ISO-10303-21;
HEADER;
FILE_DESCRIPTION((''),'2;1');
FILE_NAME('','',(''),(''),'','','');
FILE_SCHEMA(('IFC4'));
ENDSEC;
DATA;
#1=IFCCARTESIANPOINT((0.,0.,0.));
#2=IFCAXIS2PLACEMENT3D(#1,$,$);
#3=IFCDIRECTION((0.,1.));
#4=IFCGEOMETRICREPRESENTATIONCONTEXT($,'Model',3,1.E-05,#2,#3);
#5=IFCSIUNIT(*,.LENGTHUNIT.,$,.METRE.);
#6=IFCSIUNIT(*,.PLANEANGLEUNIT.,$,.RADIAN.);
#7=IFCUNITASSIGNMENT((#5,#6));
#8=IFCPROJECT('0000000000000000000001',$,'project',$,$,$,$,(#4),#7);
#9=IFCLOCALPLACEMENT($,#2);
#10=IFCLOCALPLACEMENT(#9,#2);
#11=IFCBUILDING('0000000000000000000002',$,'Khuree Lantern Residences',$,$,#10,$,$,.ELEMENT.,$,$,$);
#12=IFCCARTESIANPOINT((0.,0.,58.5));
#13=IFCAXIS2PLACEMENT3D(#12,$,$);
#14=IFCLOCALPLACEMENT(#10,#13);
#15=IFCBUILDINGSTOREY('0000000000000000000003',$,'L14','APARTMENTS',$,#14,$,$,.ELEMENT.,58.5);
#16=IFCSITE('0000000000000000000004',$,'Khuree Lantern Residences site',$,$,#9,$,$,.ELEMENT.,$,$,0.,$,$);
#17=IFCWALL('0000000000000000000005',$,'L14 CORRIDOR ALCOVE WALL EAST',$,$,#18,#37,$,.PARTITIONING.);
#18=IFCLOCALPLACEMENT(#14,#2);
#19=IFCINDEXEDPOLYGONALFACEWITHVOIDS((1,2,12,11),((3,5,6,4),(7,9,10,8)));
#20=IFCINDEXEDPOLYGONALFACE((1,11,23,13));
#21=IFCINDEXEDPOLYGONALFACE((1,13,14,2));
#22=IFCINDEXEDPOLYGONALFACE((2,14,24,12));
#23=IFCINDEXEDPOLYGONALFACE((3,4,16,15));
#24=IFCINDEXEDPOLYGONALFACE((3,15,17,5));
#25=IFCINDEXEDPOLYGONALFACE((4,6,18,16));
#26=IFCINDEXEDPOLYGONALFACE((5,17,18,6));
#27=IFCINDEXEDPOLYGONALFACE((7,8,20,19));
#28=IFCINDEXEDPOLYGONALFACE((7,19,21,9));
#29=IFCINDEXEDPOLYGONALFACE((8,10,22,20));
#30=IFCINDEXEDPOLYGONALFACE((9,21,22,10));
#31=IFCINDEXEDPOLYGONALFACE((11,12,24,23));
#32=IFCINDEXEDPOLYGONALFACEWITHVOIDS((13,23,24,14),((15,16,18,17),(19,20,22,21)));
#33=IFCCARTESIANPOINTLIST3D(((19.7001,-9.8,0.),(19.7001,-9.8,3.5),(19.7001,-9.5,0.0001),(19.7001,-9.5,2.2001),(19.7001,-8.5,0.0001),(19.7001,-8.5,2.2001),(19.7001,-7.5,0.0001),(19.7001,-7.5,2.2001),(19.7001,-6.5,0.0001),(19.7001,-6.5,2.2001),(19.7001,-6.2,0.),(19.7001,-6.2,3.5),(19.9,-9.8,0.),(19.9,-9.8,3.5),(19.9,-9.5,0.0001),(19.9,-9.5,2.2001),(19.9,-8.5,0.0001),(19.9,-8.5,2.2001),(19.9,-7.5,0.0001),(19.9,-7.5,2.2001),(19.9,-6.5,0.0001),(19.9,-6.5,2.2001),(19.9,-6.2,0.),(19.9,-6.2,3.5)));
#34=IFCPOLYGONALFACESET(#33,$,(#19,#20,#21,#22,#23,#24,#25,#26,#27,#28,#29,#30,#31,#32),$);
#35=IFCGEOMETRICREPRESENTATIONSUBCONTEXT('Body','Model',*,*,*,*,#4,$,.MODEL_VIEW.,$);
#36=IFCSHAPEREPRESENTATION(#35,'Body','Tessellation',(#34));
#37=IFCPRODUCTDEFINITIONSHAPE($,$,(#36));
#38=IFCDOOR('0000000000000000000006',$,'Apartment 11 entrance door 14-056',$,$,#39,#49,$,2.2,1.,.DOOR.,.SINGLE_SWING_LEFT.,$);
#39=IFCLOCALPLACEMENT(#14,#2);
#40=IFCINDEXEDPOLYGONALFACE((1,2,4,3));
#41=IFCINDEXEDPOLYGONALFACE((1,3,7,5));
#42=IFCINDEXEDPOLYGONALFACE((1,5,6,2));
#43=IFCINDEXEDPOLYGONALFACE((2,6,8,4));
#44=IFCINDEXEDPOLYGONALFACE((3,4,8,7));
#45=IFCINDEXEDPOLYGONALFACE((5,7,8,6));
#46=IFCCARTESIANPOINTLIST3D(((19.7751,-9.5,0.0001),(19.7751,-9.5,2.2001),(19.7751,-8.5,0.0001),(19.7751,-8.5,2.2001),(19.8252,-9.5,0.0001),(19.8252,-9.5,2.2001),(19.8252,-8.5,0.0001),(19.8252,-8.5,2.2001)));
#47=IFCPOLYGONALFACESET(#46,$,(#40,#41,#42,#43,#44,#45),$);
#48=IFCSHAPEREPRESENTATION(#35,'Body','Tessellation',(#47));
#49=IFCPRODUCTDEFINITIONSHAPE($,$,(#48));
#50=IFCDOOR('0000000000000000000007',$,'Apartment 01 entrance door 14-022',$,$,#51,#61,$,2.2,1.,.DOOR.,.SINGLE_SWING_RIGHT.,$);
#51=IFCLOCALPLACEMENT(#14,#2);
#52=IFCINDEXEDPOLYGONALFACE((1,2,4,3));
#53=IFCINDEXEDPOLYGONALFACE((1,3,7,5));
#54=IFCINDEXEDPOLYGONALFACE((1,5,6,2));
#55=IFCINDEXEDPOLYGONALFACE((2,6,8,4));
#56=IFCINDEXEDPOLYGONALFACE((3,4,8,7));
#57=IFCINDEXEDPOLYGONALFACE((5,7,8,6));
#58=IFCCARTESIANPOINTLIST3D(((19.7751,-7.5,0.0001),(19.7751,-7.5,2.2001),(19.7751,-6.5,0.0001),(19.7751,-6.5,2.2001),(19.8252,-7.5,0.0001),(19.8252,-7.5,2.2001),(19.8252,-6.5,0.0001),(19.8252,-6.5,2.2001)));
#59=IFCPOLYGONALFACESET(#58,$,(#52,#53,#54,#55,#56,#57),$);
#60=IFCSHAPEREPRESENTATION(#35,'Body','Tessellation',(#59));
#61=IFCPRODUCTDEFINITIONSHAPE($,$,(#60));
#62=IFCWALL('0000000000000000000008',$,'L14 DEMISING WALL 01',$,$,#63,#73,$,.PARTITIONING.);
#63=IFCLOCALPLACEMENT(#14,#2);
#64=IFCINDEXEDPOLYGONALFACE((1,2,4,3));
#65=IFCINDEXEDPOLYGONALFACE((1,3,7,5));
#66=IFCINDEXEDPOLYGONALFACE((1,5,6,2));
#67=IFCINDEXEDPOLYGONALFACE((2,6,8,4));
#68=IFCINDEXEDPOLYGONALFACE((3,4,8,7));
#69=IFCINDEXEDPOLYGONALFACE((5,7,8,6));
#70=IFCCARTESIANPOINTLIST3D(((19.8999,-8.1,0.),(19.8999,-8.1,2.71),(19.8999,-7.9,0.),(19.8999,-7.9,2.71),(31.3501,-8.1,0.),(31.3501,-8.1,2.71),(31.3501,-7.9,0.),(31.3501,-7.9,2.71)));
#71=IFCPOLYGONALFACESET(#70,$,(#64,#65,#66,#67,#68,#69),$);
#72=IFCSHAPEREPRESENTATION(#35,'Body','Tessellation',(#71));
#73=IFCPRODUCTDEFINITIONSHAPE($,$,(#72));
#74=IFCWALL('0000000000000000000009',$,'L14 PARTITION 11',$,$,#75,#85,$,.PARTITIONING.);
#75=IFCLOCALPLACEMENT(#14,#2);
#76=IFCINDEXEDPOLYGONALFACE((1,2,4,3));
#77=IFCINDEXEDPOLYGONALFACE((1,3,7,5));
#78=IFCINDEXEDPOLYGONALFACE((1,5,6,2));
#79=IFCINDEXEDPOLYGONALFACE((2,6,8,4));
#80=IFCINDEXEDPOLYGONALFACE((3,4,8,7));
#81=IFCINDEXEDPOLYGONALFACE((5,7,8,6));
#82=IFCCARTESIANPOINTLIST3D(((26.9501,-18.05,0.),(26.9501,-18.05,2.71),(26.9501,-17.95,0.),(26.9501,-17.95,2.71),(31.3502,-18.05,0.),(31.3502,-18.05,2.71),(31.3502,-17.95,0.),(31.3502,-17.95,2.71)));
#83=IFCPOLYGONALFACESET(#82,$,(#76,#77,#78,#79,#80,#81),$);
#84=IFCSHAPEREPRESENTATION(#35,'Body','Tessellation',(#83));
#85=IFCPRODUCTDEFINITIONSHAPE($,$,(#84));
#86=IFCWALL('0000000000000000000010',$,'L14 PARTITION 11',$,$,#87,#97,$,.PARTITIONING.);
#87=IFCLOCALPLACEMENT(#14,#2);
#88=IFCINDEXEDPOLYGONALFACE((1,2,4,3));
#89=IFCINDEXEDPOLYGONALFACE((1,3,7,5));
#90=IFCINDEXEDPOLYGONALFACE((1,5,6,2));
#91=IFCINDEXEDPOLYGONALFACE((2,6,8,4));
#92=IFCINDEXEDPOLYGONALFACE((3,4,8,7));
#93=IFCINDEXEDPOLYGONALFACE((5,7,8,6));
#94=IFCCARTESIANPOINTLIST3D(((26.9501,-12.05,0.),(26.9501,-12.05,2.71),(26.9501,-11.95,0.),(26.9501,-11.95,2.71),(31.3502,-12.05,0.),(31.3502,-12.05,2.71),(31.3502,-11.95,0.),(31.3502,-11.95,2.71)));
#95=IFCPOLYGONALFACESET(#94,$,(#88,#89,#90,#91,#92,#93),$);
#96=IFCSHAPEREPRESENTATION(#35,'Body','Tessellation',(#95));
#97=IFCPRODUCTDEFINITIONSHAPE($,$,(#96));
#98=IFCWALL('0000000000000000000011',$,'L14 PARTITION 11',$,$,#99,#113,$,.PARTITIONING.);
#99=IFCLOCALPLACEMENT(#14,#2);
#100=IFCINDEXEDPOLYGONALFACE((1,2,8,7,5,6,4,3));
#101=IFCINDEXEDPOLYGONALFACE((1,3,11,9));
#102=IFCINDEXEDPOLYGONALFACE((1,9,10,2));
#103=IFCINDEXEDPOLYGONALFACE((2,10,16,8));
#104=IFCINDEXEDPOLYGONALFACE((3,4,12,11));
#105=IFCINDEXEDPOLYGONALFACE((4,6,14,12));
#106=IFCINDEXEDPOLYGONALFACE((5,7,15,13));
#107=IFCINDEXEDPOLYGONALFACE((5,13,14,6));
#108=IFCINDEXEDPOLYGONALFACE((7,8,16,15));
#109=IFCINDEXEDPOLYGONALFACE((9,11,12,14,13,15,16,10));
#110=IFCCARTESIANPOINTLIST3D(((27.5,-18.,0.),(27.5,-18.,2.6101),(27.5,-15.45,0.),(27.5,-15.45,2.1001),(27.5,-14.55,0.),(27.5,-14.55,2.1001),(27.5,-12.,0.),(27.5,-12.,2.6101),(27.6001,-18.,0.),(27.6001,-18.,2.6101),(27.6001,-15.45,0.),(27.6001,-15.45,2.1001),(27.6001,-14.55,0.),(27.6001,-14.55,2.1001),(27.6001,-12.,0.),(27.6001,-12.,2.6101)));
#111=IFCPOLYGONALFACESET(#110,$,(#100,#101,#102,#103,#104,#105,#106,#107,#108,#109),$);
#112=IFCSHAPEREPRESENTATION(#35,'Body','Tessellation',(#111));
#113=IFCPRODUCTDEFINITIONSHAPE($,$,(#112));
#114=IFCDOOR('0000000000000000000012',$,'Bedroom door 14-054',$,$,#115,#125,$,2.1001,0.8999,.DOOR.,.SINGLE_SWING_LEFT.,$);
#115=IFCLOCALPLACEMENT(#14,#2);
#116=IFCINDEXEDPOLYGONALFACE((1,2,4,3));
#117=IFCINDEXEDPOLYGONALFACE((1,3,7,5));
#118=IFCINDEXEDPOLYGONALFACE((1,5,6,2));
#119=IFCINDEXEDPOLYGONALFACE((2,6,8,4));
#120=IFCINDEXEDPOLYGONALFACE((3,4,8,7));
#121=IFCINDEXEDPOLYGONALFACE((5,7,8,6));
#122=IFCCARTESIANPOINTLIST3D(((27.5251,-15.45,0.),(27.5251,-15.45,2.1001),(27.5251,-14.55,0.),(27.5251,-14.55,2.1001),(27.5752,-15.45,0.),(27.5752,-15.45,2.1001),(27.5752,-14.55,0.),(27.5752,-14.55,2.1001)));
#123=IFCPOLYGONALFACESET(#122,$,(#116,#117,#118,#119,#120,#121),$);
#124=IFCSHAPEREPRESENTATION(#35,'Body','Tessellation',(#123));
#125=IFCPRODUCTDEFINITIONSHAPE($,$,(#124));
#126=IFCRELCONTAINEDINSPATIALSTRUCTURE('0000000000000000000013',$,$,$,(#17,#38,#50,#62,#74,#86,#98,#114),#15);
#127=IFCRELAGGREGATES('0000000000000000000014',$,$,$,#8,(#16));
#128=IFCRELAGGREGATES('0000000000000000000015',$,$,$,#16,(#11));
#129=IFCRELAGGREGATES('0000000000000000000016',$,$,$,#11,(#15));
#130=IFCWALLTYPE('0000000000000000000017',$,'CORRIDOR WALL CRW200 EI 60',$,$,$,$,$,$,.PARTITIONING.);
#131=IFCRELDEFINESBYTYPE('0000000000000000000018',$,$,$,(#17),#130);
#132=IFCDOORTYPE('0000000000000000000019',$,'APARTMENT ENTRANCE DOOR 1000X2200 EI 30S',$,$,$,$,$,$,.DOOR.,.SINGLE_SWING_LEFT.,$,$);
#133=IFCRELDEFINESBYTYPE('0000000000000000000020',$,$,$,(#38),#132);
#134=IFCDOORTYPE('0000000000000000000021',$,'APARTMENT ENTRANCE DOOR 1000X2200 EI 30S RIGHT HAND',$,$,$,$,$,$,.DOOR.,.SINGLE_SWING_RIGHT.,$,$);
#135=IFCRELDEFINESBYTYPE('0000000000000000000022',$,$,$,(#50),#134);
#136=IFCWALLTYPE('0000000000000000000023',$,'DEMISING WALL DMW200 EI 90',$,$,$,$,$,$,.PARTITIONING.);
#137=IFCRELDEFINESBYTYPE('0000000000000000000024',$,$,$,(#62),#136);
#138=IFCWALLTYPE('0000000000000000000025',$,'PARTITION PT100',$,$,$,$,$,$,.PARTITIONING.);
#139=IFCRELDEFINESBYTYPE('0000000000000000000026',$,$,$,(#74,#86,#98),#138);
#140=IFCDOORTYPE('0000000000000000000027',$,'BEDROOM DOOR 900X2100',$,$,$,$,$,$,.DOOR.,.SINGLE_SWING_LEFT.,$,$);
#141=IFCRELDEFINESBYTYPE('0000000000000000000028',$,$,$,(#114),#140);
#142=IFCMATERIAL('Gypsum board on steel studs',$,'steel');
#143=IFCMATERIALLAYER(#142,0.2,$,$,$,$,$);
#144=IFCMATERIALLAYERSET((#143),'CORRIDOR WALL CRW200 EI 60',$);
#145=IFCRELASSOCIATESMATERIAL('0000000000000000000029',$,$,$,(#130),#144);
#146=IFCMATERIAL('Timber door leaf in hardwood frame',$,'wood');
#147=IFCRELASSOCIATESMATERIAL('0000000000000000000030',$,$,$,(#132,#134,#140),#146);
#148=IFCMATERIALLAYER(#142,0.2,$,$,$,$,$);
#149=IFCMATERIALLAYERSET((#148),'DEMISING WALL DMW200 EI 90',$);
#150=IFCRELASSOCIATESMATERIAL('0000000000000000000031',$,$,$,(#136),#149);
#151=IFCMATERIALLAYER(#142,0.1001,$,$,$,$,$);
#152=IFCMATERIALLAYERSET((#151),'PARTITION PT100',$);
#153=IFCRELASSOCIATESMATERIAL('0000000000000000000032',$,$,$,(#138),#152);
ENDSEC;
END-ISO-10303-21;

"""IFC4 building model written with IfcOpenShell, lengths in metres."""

from ifc_helpers import new_model, si_unit, direction, frame, frame_2d, origin, place, context, subcontext, project, spatial, rectangle, extrude, material, layer, layer_set, type_object, element, fill, save


model = new_model("IFC4")

# Units and contexts
model_context = context("Model", 3, precision=1e-05, world=origin(), true_north=direction((0.0, 1.0)))
body_context = subcontext(model_context, "Body", "Model", "MODEL_VIEW")
ifc_project = project(units=[si_unit("LENGTHUNIT", "METRE"), si_unit("PLANEANGLEUNIT", "RADIAN")], contexts=[model_context])

# Site, building, storey
site_placement = place(None, origin())
site = spatial("IfcSite", under=ifc_project, at=site_placement, Name="Khuree Lantern Residences site", CompositionType="ELEMENT", RefElevation=0.0)
building_placement = place(site_placement, origin())
building = spatial("IfcBuilding", under=site, at=building_placement, Name="Khuree Lantern Residences", CompositionType="ELEMENT")
storey_placement = place(building_placement, frame((0.0, 0.0, 58.5)))
storey = spatial("IfcBuildingStorey", under=building, at=storey_placement, Name="L14", Description="APARTMENTS", CompositionType="ELEMENT", Elevation=58.5)

# Shared definitions
ifc_material_1 = material(Name="Timber door leaf in hardwood frame", Category="wood")

# Wall, openings, doors
ifc_material_2 = material(Name="Gypsum board on steel studs", Category="steel")
ifc_layer_1 = layer(ifc_material_2, 0.2)
ifc_layer_set_1 = layer_set([ifc_layer_1], Name="CORRIDOR WALL CRW200 EI 60")
wall_type_1 = type_object("IfcWallType", Name="CORRIDOR WALL CRW200 EI 60", PredefinedType="PARTITIONING", material=ifc_layer_set_1)
wall_1_placement = place(storey_placement, frame((19.8, -9.8, 0.0), z_axis=(0.0, 0.0, 1.0), x_axis=(0.0, 1.0, 0.0)))
wall_1 = element("IfcWall", 1, at=wall_1_placement, inside=storey, type_object=wall_type_1, Name="L14 CORRIDOR ALCOVE WALL EAST", PredefinedType="PARTITIONING", context=body_context, shape_type="SweptSolid", body=[
    extrude(rectangle(XDim=3.6001, YDim=0.2, at=frame_2d((1.8, 0.0))), origin(), (0.0, 0.0, 1.0), 3.5),
])
opening_1_placement = place(wall_1_placement, frame((2.3, 0.0, 0.0)))
opening_1 = element("IfcOpeningElement", 2, at=opening_1_placement, cuts=wall_1, PredefinedType="OPENING", context=body_context, shape_type="SweptSolid", body=[
    extrude(rectangle(XDim=1.0, YDim=2.2, at=frame_2d((0.5, 1.1001))), frame((0.0, 0.1099, 0.0), z_axis=(0.0, -1.0, 0.0), x_axis=(1.0, 0.0, 0.0)), (0.0, 0.0, 1.0), 0.22),
])
opening_2_placement = place(wall_1_placement, frame((0.3, 0.0, 0.0)))
opening_2 = element("IfcOpeningElement", 3, at=opening_2_placement, cuts=wall_1, PredefinedType="OPENING", context=body_context, shape_type="SweptSolid", body=[
    extrude(rectangle(XDim=1.0, YDim=2.2, at=frame_2d((0.5, 1.1001))), frame((0.0, 0.1099, 0.0), z_axis=(0.0, -1.0, 0.0), x_axis=(1.0, 0.0, 0.0)), (0.0, 0.0, 1.0), 0.22),
])
door_type_1 = type_object("IfcDoorType", Name="APARTMENT ENTRANCE DOOR 1000X2200 EI 30S", OperationType="SINGLE_SWING_LEFT", PredefinedType="DOOR", material=ifc_material_1)
door_1_placement = place(opening_2_placement, origin())
door_1 = element("IfcDoor", 4, at=door_1_placement, inside=storey, type_object=door_type_1, Name="Apartment 11 entrance door 14-056", OperationType="SINGLE_SWING_LEFT", OverallHeight=2.2, OverallWidth=1.0, PredefinedType="DOOR", context=body_context, shape_type="SweptSolid", body=[
    extrude(rectangle(XDim=1.0, YDim=2.2, at=frame_2d((0.5, 1.1001))), frame((0.0, 0.0249, 0.0), z_axis=(0.0, -1.0, 0.0), x_axis=(1.0, 0.0, 0.0)), (0.0, 0.0, 1.0), 0.05),
])
fill(opening_2, door_1)
door_type_2 = type_object("IfcDoorType", Name="APARTMENT ENTRANCE DOOR 1000X2200 EI 30S RIGHT HAND", OperationType="SINGLE_SWING_RIGHT", PredefinedType="DOOR", material=ifc_material_1)
door_2_placement = place(opening_1_placement, origin())
door_2 = element("IfcDoor", 5, at=door_2_placement, inside=storey, type_object=door_type_2, Name="Apartment 01 entrance door 14-022", OperationType="SINGLE_SWING_RIGHT", OverallHeight=2.2, OverallWidth=1.0, PredefinedType="DOOR", context=body_context, shape_type="SweptSolid", body=[
    extrude(rectangle(XDim=1.0, YDim=2.2, at=frame_2d((0.5, 1.1001))), frame((0.0, 0.0249, 0.0), z_axis=(0.0, -1.0, 0.0), x_axis=(1.0, 0.0, 0.0)), (0.0, 0.0, 1.0), 0.05),
])
fill(opening_1, door_2)

# Walls
ifc_layer_2 = layer(ifc_material_2, 0.2)
ifc_layer_set_2 = layer_set([ifc_layer_2], Name="DEMISING WALL DMW200 EI 90")
wall_type_2 = type_object("IfcWallType", Name="DEMISING WALL DMW200 EI 90", PredefinedType="PARTITIONING", material=ifc_layer_set_2)
wall_2_placement = place(storey_placement, frame((19.8999, -8.0, 0.0), z_axis=(0.0, 0.0, 1.0), x_axis=(1.0, 0.0, 0.0)))
element("IfcWall", 6, at=wall_2_placement, inside=storey, type_object=wall_type_2, Name="L14 DEMISING WALL 01", PredefinedType="PARTITIONING", context=body_context, shape_type="SweptSolid", body=[
    extrude(rectangle(XDim=11.4502, YDim=0.2, at=frame_2d((5.7251, 0.0))), origin(), (0.0, 0.0, 1.0), 2.71),
])
ifc_layer_3 = layer(ifc_material_2, 0.1001)
ifc_layer_set_3 = layer_set([ifc_layer_3], Name="PARTITION PT100")
wall_type_3 = type_object("IfcWallType", Name="PARTITION PT100", PredefinedType="PARTITIONING", material=ifc_layer_set_3)
for number, where, z_axis, x_axis, name in (
    (7, (26.95, -18.0, 0.0), (0.0, 0.0, 1.0), (1.0, 0.0, 0.0), "L14 PARTITION 11"),
    (8, (26.95, -12.0, 0.0), (0.0, 0.0, 1.0), (1.0, 0.0, 0.0), "L14 PARTITION 11"),
):
    element("IfcWall", number, at=place(storey_placement, frame(where, z_axis=z_axis, x_axis=x_axis)), inside=storey, type_object=wall_type_3, Name=name, PredefinedType="PARTITIONING", context=body_context, shape_type="SweptSolid", body=[
        extrude(rectangle(XDim=4.4001, YDim=0.1001, at=frame_2d((2.2002, 0.0))), origin(), (0.0, 0.0, 1.0), 2.71),
    ])

# Wall, opening, door
wall_3_placement = place(storey_placement, frame((27.55, -18.0, 0.0), z_axis=(0.0, 0.0, 1.0), x_axis=(0.0, 1.0, 0.0)))
wall_3 = element("IfcWall", 9, at=wall_3_placement, inside=storey, type_object=wall_type_3, Name="L14 PARTITION 11", PredefinedType="PARTITIONING", context=body_context, shape_type="SweptSolid", body=[
    extrude(rectangle(XDim=6.0, YDim=0.1001, at=frame_2d((3.0, 0.0))), origin(), (0.0, 0.0, 1.0), 2.6101),
])
opening_3_placement = place(wall_3_placement, frame((2.55, 0.0, 0.0)))
opening_3 = element("IfcOpeningElement", 10, at=opening_3_placement, cuts=wall_3, PredefinedType="OPENING", context=body_context, shape_type="SweptSolid", body=[
    extrude(rectangle(XDim=0.8999, YDim=2.1001, at=frame_2d((0.45, 1.05))), frame((0.0, 0.0601, 0.0), z_axis=(0.0, -1.0, 0.0), x_axis=(1.0, 0.0, 0.0)), (0.0, 0.0, 1.0), 0.1201),
])
door_type_3 = type_object("IfcDoorType", Name="BEDROOM DOOR 900X2100", OperationType="SINGLE_SWING_LEFT", PredefinedType="DOOR", material=ifc_material_1)
door_3_placement = place(opening_3_placement, origin())
door_3 = element("IfcDoor", 11, at=door_3_placement, inside=storey, type_object=door_type_3, Name="Bedroom door 14-054", OperationType="SINGLE_SWING_LEFT", OverallHeight=2.1001, OverallWidth=0.8999, PredefinedType="DOOR", context=body_context, shape_type="SweptSolid", body=[
    extrude(rectangle(XDim=0.8999, YDim=2.1001, at=frame_2d((0.45, 1.05))), frame((0.0, 0.0249, 0.0), z_axis=(0.0, -1.0, 0.0), x_axis=(1.0, 0.0, 0.0)), (0.0, 0.0, 1.0), 0.05),
])
fill(opening_3, door_3)

save(model, "model.ifc")
